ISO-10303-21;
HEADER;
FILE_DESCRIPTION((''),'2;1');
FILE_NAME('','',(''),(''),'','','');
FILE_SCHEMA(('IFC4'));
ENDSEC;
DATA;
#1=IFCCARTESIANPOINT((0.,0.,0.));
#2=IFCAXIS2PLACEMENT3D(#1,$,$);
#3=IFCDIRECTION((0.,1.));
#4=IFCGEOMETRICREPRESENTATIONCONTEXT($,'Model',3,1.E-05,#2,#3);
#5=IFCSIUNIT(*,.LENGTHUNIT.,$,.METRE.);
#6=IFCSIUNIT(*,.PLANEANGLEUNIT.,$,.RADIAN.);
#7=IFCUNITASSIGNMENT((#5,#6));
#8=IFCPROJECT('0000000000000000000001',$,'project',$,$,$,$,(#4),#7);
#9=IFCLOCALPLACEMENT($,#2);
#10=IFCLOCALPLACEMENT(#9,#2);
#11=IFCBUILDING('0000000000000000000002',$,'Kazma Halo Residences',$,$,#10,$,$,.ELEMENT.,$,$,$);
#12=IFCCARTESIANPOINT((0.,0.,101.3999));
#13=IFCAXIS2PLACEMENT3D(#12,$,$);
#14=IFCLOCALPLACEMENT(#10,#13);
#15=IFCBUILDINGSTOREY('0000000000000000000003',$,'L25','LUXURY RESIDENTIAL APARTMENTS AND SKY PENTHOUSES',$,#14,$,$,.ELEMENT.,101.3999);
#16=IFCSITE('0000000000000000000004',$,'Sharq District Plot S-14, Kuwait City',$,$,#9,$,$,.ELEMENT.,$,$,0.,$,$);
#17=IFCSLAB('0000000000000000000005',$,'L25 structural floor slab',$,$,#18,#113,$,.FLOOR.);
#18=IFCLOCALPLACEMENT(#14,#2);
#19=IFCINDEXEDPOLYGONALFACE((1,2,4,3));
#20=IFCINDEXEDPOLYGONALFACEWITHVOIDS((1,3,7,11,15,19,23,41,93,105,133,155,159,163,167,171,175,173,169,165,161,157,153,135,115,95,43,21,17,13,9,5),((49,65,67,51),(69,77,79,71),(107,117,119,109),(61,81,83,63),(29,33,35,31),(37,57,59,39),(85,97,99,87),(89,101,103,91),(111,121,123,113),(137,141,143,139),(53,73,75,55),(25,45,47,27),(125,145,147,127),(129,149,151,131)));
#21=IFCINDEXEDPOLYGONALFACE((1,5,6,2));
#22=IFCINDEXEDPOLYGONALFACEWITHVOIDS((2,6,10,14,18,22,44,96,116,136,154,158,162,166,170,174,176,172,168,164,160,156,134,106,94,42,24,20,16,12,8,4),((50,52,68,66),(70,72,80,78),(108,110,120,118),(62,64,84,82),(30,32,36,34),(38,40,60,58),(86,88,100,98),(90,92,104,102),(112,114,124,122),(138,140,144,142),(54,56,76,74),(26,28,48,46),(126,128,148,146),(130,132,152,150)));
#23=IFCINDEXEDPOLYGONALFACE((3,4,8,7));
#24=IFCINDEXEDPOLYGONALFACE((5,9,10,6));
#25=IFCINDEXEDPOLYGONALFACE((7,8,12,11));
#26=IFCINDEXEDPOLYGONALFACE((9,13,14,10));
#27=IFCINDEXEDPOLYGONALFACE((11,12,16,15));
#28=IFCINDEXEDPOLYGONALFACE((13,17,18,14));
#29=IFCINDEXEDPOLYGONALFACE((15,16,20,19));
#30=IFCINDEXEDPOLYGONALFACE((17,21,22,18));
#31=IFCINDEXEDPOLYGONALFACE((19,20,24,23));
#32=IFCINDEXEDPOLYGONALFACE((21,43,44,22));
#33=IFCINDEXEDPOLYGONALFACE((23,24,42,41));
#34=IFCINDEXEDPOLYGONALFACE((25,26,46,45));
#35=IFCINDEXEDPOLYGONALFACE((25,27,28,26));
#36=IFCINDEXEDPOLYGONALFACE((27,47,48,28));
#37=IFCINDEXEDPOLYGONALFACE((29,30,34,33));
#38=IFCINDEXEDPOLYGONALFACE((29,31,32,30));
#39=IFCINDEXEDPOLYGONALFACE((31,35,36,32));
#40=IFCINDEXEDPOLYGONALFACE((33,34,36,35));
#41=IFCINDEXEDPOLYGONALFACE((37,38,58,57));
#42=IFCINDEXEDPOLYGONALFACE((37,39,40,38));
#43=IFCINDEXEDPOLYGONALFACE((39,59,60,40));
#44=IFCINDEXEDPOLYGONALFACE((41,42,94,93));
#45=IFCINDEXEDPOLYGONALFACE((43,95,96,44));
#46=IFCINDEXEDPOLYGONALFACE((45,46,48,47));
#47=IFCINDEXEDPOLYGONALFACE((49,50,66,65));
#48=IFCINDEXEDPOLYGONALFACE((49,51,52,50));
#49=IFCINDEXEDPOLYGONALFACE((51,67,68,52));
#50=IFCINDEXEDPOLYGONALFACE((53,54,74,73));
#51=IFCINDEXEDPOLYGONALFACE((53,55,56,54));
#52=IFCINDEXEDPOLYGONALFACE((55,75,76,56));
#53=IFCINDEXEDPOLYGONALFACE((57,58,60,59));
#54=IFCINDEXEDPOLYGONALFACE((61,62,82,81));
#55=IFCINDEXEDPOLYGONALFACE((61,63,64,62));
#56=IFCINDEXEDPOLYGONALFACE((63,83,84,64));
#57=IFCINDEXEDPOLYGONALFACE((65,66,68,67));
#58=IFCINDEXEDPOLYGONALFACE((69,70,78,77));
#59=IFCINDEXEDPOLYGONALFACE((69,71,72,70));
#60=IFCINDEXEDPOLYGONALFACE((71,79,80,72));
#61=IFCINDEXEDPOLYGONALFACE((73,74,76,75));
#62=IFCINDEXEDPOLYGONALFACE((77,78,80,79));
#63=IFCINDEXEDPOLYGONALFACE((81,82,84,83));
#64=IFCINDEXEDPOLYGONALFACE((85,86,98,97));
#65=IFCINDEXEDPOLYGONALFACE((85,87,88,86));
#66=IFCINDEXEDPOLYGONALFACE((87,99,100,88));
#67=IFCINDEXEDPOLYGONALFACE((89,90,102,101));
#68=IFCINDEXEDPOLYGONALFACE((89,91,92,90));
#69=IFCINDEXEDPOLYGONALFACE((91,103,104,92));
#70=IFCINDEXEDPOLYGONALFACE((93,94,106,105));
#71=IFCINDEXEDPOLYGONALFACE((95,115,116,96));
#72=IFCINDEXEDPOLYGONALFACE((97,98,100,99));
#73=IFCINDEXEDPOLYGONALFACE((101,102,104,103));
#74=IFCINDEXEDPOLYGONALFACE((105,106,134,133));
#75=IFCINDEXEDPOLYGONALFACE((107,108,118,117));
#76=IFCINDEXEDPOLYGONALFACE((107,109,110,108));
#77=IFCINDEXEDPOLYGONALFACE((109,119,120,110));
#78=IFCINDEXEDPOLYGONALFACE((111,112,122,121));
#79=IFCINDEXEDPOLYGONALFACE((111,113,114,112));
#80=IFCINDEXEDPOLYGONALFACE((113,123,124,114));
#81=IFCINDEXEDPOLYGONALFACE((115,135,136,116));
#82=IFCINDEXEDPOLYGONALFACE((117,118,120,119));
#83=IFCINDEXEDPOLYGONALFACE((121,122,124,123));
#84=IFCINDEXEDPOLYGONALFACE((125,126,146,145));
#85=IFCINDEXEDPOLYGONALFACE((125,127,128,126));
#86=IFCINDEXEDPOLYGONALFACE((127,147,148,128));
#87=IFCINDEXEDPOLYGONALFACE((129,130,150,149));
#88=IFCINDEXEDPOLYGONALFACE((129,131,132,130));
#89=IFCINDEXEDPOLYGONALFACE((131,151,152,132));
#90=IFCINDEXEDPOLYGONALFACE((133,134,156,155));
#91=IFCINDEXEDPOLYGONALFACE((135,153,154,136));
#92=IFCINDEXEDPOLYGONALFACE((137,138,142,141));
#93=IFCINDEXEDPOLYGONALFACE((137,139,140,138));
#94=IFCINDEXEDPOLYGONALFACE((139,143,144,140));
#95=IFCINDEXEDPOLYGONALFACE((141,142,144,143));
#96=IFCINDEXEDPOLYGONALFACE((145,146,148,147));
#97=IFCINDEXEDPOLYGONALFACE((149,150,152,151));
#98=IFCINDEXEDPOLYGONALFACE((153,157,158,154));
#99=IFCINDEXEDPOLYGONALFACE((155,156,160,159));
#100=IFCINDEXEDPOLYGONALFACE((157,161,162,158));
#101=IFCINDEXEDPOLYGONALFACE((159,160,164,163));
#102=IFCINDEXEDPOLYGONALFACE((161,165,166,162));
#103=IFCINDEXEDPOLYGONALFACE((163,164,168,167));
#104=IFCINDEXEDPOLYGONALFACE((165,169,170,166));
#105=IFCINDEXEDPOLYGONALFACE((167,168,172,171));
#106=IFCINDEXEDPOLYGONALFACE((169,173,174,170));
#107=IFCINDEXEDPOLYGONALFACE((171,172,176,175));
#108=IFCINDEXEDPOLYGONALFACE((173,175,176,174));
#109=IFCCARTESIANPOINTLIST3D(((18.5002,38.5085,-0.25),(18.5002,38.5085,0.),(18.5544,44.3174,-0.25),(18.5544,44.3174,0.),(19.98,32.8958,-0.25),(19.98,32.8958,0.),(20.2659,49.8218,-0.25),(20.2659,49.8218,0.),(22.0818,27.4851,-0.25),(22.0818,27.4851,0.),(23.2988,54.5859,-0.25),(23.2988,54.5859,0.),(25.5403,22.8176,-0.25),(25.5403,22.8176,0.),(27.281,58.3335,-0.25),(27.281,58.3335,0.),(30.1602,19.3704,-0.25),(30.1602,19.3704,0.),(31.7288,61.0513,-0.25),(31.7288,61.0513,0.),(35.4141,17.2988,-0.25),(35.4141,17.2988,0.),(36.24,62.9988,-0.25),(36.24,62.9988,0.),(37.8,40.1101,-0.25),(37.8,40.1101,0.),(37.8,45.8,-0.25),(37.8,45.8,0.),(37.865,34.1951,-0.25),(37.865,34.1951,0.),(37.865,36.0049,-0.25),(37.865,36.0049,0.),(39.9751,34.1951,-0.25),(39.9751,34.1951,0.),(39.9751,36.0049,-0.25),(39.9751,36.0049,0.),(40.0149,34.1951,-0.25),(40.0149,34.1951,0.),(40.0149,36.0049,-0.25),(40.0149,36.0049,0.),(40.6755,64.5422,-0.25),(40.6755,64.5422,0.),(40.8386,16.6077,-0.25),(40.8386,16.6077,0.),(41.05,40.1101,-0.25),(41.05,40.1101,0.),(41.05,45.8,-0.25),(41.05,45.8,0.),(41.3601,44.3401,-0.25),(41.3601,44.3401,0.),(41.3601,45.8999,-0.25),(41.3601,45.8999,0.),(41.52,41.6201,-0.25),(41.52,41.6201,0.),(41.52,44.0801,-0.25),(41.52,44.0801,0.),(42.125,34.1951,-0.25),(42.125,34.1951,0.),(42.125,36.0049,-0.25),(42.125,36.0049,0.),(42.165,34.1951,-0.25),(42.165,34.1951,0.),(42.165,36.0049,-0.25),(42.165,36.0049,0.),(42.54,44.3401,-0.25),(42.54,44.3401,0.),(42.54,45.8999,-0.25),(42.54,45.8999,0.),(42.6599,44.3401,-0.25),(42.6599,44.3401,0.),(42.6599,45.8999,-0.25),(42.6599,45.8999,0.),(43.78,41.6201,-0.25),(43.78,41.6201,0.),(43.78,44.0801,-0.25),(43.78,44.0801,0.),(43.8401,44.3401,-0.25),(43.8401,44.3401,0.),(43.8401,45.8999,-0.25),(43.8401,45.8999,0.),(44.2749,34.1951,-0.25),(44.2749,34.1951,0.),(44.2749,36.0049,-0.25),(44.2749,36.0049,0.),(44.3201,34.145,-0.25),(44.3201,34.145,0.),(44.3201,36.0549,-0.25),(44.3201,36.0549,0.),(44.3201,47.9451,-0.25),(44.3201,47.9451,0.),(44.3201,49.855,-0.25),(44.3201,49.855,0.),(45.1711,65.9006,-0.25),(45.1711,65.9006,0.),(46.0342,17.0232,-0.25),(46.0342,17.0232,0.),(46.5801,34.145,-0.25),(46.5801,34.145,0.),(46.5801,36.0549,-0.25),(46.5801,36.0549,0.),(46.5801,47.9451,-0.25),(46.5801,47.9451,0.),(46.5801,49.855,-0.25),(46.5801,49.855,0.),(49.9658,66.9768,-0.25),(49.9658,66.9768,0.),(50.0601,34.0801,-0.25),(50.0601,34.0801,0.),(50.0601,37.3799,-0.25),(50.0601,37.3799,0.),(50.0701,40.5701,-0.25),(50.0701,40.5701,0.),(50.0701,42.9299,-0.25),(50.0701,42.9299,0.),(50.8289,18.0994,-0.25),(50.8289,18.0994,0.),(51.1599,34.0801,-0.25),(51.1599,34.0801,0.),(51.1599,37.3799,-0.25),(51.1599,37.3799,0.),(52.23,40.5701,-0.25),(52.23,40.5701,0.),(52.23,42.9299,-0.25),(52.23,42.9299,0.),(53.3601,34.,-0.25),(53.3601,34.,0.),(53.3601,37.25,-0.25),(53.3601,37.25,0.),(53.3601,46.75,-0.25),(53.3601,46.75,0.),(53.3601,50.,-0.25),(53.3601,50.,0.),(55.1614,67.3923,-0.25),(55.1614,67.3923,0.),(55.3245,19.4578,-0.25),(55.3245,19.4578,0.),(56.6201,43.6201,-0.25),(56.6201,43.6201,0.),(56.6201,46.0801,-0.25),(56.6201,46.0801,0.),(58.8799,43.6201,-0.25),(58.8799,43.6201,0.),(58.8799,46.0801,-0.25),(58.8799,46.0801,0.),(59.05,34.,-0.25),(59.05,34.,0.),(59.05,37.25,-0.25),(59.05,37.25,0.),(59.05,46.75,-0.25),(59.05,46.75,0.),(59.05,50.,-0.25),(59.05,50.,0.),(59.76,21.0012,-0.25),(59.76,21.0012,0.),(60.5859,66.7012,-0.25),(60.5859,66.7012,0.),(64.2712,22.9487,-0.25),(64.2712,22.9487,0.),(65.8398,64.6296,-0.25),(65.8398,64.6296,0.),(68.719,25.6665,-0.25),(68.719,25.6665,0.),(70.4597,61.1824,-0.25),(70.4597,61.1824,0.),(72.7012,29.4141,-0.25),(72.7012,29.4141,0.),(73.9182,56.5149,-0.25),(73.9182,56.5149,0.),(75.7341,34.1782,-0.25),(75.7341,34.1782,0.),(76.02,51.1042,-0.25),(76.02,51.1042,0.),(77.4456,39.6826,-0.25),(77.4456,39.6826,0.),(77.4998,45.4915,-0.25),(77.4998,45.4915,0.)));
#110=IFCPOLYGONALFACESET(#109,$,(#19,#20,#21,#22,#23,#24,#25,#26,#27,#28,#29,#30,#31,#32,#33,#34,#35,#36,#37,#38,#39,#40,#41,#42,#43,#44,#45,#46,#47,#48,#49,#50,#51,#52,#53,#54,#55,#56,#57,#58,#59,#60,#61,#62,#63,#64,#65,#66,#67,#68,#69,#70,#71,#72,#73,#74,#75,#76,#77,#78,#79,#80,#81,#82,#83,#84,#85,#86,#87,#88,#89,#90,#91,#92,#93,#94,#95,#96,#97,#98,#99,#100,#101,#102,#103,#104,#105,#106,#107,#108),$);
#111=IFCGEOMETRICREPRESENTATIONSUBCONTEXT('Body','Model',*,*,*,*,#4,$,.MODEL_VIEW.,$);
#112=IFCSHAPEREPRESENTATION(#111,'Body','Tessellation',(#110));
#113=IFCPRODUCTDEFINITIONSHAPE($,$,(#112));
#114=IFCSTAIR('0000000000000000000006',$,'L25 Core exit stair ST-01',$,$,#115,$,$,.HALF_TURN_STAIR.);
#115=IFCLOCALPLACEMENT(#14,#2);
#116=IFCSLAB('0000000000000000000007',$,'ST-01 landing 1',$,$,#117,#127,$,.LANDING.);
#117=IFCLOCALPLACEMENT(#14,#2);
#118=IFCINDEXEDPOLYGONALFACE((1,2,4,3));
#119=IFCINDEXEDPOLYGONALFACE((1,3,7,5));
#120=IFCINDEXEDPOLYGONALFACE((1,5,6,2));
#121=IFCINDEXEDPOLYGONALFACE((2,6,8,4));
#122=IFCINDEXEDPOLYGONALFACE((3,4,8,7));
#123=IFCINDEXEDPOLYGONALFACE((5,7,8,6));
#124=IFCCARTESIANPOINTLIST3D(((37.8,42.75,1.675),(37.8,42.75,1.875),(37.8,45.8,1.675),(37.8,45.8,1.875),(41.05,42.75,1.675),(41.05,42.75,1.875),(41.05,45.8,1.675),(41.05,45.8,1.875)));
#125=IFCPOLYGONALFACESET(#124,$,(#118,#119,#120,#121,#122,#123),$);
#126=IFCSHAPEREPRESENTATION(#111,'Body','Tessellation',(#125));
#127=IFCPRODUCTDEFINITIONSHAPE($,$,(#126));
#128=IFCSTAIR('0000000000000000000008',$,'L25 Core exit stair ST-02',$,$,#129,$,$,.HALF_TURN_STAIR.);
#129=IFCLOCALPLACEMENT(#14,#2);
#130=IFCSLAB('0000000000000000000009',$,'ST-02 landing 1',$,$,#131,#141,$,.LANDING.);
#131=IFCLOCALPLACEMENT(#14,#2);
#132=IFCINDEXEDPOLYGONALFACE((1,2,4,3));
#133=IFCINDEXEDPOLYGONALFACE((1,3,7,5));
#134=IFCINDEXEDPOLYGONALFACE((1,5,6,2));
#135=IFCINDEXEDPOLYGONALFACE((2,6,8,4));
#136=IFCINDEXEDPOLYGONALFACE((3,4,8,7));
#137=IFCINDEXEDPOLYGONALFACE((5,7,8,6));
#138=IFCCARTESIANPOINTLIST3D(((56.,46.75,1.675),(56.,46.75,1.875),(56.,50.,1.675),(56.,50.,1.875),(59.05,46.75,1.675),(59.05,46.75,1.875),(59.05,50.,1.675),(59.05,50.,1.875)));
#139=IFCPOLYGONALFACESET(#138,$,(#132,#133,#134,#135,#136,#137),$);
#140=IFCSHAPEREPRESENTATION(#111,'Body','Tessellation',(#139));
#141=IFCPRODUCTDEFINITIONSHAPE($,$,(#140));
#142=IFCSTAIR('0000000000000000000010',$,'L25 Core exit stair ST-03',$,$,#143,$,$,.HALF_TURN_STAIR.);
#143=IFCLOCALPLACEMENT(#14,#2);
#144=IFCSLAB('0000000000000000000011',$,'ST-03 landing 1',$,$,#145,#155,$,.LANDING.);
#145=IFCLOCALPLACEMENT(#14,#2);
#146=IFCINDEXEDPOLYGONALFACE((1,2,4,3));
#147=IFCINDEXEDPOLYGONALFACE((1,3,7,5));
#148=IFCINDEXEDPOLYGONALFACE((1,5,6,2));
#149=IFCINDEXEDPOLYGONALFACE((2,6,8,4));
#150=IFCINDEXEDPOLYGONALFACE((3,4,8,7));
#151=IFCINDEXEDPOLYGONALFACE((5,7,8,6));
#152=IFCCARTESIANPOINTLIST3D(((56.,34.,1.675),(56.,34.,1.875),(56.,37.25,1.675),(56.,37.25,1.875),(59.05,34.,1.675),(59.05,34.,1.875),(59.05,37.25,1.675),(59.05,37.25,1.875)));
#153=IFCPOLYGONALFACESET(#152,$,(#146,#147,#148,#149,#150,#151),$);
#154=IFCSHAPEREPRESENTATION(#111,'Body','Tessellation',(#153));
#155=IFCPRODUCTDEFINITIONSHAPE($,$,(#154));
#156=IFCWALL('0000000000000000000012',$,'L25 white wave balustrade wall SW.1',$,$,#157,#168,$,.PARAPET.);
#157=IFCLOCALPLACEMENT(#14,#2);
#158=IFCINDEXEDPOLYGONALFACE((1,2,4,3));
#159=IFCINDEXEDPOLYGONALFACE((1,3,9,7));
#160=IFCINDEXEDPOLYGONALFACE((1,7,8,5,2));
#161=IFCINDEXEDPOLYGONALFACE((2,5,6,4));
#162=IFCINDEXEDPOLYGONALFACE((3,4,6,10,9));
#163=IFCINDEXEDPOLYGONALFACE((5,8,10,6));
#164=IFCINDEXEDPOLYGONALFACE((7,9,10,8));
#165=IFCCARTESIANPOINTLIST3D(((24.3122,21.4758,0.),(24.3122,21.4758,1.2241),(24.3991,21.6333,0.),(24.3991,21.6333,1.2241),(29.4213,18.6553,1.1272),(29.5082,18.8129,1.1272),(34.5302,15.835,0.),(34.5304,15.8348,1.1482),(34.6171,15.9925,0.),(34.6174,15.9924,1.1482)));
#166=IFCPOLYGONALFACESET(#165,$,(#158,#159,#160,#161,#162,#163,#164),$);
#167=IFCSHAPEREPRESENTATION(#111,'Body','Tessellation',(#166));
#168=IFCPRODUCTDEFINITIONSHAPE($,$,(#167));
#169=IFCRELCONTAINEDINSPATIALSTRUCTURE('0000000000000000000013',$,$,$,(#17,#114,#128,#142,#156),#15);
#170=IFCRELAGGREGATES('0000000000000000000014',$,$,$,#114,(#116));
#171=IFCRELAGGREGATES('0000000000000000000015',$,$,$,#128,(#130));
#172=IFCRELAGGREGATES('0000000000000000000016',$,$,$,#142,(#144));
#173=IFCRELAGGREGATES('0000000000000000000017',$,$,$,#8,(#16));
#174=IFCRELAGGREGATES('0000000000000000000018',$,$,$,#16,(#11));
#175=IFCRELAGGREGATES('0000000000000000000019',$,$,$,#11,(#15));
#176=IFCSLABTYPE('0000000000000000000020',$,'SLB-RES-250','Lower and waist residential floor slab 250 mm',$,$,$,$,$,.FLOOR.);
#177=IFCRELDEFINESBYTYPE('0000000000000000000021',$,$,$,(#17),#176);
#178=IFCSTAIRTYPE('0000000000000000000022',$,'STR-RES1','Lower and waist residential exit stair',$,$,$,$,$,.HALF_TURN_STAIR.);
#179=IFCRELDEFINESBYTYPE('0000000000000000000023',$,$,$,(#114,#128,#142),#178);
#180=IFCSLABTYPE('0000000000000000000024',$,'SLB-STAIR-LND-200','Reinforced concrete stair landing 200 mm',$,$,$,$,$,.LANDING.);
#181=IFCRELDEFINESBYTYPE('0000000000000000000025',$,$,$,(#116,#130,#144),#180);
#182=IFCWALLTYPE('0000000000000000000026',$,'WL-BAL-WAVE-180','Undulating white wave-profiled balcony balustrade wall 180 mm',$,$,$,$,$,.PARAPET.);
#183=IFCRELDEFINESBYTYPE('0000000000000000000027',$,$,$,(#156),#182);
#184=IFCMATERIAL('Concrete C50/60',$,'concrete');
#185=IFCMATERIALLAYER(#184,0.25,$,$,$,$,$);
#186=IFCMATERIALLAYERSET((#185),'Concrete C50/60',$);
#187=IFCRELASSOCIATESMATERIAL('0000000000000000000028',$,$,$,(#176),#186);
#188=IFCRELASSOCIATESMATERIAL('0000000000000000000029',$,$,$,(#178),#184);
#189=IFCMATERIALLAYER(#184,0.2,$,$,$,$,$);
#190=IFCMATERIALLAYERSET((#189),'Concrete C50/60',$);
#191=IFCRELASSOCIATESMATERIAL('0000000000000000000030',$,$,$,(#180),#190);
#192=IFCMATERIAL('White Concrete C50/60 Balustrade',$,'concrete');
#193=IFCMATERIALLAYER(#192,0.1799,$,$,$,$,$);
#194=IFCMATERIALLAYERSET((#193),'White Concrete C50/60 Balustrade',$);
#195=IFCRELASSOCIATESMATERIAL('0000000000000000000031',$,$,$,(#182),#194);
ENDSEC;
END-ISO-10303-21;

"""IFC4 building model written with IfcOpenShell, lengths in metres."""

from ifc_helpers import new_model, si_unit, direction, frame, origin, place, context, subcontext, project, spatial, polyline, outline, extrude, material, layer, layer_set, type_object, element, aggregate, save


model = new_model("IFC4")

# Units and contexts
model_context = context("Model", 3, precision=1e-05, world=origin(), true_north=direction((0.0, 1.0)))
body_context = subcontext(model_context, "Body", "Model", "MODEL_VIEW")
ifc_project = project(units=[si_unit("LENGTHUNIT", "METRE"), si_unit("PLANEANGLEUNIT", "RADIAN")], contexts=[model_context])

# Site, building, storey
site_placement = place(None, origin())
site = spatial("IfcSite", under=ifc_project, at=site_placement, Name="Sharq District Plot S-14, Kuwait City", CompositionType="ELEMENT", RefElevation=0.0)
building_placement = place(site_placement, origin())
building = spatial("IfcBuilding", under=site, at=building_placement, Name="Kazma Halo Residences", CompositionType="ELEMENT")
storey_placement = place(building_placement, frame((0.0, 0.0, 101.3999)))
storey = spatial("IfcBuildingStorey", under=building, at=storey_placement, Name="L25", Description="LUXURY RESIDENTIAL APARTMENTS AND SKY PENTHOUSES", CompositionType="ELEMENT", Elevation=101.3999)

# Slab
ifc_material_1 = material(Name="Concrete C50/60", Category="concrete")
ifc_layer_1 = layer(ifc_material_1, 0.25)
ifc_layer_set_1 = layer_set([ifc_layer_1], Name="Concrete C50/60")
slab_type_1 = type_object("IfcSlabType", Name="SLB-RES-250", Description="Lower and waist residential floor slab 250 mm", PredefinedType="FLOOR", material=ifc_layer_set_1)
slab_1_placement = place(storey_placement, frame((0.0, 0.0, -0.25)))
element("IfcSlab", 1, at=slab_1_placement, inside=storey, type_object=slab_type_1, Name="L25 structural floor slab", PredefinedType="FLOOR", context=body_context, shape_type="SweptSolid", body=[
    extrude(outline(polyline([(76.02, 51.1042), (73.9182, 56.5149), (70.4597, 61.1824), (65.8398, 64.6296), (60.5859, 66.7012), (55.1614, 67.3923), (49.9658, 66.9768), (45.1711, 65.9006), (40.6755, 64.5422), (36.24, 62.9988), (31.7288, 61.0513), (27.281, 58.3335), (23.2988, 54.5859), (20.2659, 49.8218), (18.5544, 44.3174), (18.5002, 38.5085), (19.98, 32.8958), (22.0818, 27.4851), (25.5403, 22.8176), (30.1602, 19.3704), (35.4141, 17.2988), (40.8386, 16.6077), (46.0342, 17.0232), (50.8289, 18.0994), (55.3245, 19.4578), (59.76, 21.0012), (64.2712, 22.9487), (68.719, 25.6665), (72.7012, 29.4141), (75.7341, 34.1782), (77.4456, 39.6826), (77.4998, 45.4915), (76.02, 51.1042)]), holes=[polyline([(37.8, 40.1101), (41.05, 40.1101), (41.05, 45.8), (37.8, 45.8), (37.8, 40.1101)]), polyline([(53.3601, 46.75), (59.05, 46.75), (59.05, 50.0), (53.3601, 50.0), (53.3601, 46.75)]), polyline([(53.3601, 34.0), (59.05, 34.0), (59.05, 37.25), (53.3601, 37.25), (53.3601, 34.0)]), polyline([(41.52, 41.6201), (43.78, 41.6201), (43.78, 44.0801), (41.52, 44.0801), (41.52, 41.6201)]), polyline([(56.6201, 43.6201), (58.8799, 43.6201), (58.8799, 46.0801), (56.6201, 46.0801), (56.6201, 43.6201)]), polyline([(37.865, 34.1951), (39.9751, 34.1951), (39.9751, 36.0049), (37.865, 36.0049), (37.865, 34.1951)]), polyline([(40.0149, 34.1951), (42.125, 34.1951), (42.125, 36.0049), (40.0149, 36.0049), (40.0149, 34.1951)]), polyline([(42.165, 34.1951), (44.2749, 34.1951), (44.2749, 36.0049), (42.165, 36.0049), (42.165, 34.1951)]), polyline([(44.3201, 47.9451), (46.5801, 47.9451), (46.5801, 49.855), (44.3201, 49.855), (44.3201, 47.9451)]), polyline([(44.3201, 34.145), (46.5801, 34.145), (46.5801, 36.0549), (44.3201, 36.0549), (44.3201, 34.145)]), polyline([(50.0701, 40.5701), (52.23, 40.5701), (52.23, 42.9299), (50.0701, 42.9299), (50.0701, 40.5701)]), polyline([(41.3601, 44.3401), (42.54, 44.3401), (42.54, 45.8999), (41.3601, 45.8999), (41.3601, 44.3401)]), polyline([(42.6599, 44.3401), (43.8401, 44.3401), (43.8401, 45.8999), (42.6599, 45.8999), (42.6599, 44.3401)]), polyline([(50.0601, 34.0801), (51.1599, 34.0801), (51.1599, 37.3799), (50.0601, 37.3799), (50.0601, 34.0801)])]), origin(), (0.0, 0.0, 1.0), 0.25),
])

# Stairs, slabs
stair_type = type_object("IfcStairType", Name="STR-RES1", Description="Lower and waist residential exit stair", PredefinedType="HALF_TURN_STAIR", material=ifc_material_1)
stair_1_placement = place(storey_placement, origin())
stair_1 = element("IfcStair", 2, at=stair_1_placement, inside=storey, type_object=stair_type, Name="L25 Core exit stair ST-01", PredefinedType="HALF_TURN_STAIR")
ifc_layer_2 = layer(ifc_material_1, 0.2)
ifc_layer_set_2 = layer_set([ifc_layer_2], Name="Concrete C50/60")
slab_type_2 = type_object("IfcSlabType", Name="SLB-STAIR-LND-200", Description="Reinforced concrete stair landing 200 mm", PredefinedType="LANDING", material=ifc_layer_set_2)
slab_2_placement = place(storey_placement, frame((0.0, 0.0, 1.675)))
slab_2 = element("IfcSlab", 3, at=slab_2_placement, type_object=slab_type_2, Name="ST-01 landing 1", PredefinedType="LANDING", context=body_context, shape_type="SweptSolid", body=[
    extrude(outline(polyline([(41.05, 42.75), (41.05, 45.8), (37.8, 45.8), (37.8, 42.75), (41.05, 42.75)])), origin(), (0.0, 0.0, 1.0), 0.2),
])
aggregate(stair_1, [slab_2])
stair_2_placement = place(storey_placement, origin())
stair_2 = element("IfcStair", 4, at=stair_2_placement, inside=storey, type_object=stair_type, Name="L25 Core exit stair ST-02", PredefinedType="HALF_TURN_STAIR")
slab_3_placement = place(storey_placement, frame((0.0, 0.0, 1.675)))
slab_3 = element("IfcSlab", 5, at=slab_3_placement, type_object=slab_type_2, Name="ST-02 landing 1", PredefinedType="LANDING", context=body_context, shape_type="SweptSolid", body=[
    extrude(outline(polyline([(56.0, 46.75), (59.05, 46.75), (59.05, 50.0), (56.0, 50.0), (56.0, 46.75)])), origin(), (0.0, 0.0, 1.0), 0.2),
])
aggregate(stair_2, [slab_3])
stair_3_placement = place(storey_placement, origin())
stair_3 = element("IfcStair", 6, at=stair_3_placement, inside=storey, type_object=stair_type, Name="L25 Core exit stair ST-03", PredefinedType="HALF_TURN_STAIR")
slab_4_placement = place(storey_placement, frame((0.0, 0.0, 1.675)))
slab_4 = element("IfcSlab", 7, at=slab_4_placement, type_object=slab_type_2, Name="ST-03 landing 1", PredefinedType="LANDING", context=body_context, shape_type="SweptSolid", body=[
    extrude(outline(polyline([(56.0, 34.0), (59.05, 34.0), (59.05, 37.25), (56.0, 37.25), (56.0, 34.0)])), origin(), (0.0, 0.0, 1.0), 0.2),
])
aggregate(stair_3, [slab_4])

# Wall
ifc_material_2 = material(Name="White Concrete C50/60 Balustrade", Category="concrete")
ifc_layer_3 = layer(ifc_material_2, 0.1799)
ifc_layer_set_3 = layer_set([ifc_layer_3], Name="White Concrete C50/60 Balustrade")
wall_type_1 = type_object("IfcWallType", Name="WL-BAL-WAVE-180", Description="Undulating white wave-profiled balcony balustrade wall 180 mm", PredefinedType="PARAPET", material=ifc_layer_set_3)
wall_1_placement = place(storey_placement, frame((24.3557, 21.5547, 0.0), z_axis=(0.0, 0.0, 1.0), x_axis=(0.875457, -0.483297, 0.0)))
element("IfcWall", 8, at=wall_1_placement, inside=storey, type_object=wall_type_1, Name="L25 white wave balustrade wall SW.1", PredefinedType="PARAPET", context=body_context, shape_type="SweptSolid", body=[
    extrude(outline(polyline([(0.0, 0.0), (11.6716, 0.0), (11.6719, 1.1482), (5.8359, 1.1272), (0.0, 1.2241), (0.0, 0.0)])), frame((0.0, 0.0898, 0.0), z_axis=(0.0, -1.0, 0.0), x_axis=(1.0, 0.0, 0.0)), (0.0, 0.0, 1.0), 0.1799),
])

save(model, "model.ifc")
